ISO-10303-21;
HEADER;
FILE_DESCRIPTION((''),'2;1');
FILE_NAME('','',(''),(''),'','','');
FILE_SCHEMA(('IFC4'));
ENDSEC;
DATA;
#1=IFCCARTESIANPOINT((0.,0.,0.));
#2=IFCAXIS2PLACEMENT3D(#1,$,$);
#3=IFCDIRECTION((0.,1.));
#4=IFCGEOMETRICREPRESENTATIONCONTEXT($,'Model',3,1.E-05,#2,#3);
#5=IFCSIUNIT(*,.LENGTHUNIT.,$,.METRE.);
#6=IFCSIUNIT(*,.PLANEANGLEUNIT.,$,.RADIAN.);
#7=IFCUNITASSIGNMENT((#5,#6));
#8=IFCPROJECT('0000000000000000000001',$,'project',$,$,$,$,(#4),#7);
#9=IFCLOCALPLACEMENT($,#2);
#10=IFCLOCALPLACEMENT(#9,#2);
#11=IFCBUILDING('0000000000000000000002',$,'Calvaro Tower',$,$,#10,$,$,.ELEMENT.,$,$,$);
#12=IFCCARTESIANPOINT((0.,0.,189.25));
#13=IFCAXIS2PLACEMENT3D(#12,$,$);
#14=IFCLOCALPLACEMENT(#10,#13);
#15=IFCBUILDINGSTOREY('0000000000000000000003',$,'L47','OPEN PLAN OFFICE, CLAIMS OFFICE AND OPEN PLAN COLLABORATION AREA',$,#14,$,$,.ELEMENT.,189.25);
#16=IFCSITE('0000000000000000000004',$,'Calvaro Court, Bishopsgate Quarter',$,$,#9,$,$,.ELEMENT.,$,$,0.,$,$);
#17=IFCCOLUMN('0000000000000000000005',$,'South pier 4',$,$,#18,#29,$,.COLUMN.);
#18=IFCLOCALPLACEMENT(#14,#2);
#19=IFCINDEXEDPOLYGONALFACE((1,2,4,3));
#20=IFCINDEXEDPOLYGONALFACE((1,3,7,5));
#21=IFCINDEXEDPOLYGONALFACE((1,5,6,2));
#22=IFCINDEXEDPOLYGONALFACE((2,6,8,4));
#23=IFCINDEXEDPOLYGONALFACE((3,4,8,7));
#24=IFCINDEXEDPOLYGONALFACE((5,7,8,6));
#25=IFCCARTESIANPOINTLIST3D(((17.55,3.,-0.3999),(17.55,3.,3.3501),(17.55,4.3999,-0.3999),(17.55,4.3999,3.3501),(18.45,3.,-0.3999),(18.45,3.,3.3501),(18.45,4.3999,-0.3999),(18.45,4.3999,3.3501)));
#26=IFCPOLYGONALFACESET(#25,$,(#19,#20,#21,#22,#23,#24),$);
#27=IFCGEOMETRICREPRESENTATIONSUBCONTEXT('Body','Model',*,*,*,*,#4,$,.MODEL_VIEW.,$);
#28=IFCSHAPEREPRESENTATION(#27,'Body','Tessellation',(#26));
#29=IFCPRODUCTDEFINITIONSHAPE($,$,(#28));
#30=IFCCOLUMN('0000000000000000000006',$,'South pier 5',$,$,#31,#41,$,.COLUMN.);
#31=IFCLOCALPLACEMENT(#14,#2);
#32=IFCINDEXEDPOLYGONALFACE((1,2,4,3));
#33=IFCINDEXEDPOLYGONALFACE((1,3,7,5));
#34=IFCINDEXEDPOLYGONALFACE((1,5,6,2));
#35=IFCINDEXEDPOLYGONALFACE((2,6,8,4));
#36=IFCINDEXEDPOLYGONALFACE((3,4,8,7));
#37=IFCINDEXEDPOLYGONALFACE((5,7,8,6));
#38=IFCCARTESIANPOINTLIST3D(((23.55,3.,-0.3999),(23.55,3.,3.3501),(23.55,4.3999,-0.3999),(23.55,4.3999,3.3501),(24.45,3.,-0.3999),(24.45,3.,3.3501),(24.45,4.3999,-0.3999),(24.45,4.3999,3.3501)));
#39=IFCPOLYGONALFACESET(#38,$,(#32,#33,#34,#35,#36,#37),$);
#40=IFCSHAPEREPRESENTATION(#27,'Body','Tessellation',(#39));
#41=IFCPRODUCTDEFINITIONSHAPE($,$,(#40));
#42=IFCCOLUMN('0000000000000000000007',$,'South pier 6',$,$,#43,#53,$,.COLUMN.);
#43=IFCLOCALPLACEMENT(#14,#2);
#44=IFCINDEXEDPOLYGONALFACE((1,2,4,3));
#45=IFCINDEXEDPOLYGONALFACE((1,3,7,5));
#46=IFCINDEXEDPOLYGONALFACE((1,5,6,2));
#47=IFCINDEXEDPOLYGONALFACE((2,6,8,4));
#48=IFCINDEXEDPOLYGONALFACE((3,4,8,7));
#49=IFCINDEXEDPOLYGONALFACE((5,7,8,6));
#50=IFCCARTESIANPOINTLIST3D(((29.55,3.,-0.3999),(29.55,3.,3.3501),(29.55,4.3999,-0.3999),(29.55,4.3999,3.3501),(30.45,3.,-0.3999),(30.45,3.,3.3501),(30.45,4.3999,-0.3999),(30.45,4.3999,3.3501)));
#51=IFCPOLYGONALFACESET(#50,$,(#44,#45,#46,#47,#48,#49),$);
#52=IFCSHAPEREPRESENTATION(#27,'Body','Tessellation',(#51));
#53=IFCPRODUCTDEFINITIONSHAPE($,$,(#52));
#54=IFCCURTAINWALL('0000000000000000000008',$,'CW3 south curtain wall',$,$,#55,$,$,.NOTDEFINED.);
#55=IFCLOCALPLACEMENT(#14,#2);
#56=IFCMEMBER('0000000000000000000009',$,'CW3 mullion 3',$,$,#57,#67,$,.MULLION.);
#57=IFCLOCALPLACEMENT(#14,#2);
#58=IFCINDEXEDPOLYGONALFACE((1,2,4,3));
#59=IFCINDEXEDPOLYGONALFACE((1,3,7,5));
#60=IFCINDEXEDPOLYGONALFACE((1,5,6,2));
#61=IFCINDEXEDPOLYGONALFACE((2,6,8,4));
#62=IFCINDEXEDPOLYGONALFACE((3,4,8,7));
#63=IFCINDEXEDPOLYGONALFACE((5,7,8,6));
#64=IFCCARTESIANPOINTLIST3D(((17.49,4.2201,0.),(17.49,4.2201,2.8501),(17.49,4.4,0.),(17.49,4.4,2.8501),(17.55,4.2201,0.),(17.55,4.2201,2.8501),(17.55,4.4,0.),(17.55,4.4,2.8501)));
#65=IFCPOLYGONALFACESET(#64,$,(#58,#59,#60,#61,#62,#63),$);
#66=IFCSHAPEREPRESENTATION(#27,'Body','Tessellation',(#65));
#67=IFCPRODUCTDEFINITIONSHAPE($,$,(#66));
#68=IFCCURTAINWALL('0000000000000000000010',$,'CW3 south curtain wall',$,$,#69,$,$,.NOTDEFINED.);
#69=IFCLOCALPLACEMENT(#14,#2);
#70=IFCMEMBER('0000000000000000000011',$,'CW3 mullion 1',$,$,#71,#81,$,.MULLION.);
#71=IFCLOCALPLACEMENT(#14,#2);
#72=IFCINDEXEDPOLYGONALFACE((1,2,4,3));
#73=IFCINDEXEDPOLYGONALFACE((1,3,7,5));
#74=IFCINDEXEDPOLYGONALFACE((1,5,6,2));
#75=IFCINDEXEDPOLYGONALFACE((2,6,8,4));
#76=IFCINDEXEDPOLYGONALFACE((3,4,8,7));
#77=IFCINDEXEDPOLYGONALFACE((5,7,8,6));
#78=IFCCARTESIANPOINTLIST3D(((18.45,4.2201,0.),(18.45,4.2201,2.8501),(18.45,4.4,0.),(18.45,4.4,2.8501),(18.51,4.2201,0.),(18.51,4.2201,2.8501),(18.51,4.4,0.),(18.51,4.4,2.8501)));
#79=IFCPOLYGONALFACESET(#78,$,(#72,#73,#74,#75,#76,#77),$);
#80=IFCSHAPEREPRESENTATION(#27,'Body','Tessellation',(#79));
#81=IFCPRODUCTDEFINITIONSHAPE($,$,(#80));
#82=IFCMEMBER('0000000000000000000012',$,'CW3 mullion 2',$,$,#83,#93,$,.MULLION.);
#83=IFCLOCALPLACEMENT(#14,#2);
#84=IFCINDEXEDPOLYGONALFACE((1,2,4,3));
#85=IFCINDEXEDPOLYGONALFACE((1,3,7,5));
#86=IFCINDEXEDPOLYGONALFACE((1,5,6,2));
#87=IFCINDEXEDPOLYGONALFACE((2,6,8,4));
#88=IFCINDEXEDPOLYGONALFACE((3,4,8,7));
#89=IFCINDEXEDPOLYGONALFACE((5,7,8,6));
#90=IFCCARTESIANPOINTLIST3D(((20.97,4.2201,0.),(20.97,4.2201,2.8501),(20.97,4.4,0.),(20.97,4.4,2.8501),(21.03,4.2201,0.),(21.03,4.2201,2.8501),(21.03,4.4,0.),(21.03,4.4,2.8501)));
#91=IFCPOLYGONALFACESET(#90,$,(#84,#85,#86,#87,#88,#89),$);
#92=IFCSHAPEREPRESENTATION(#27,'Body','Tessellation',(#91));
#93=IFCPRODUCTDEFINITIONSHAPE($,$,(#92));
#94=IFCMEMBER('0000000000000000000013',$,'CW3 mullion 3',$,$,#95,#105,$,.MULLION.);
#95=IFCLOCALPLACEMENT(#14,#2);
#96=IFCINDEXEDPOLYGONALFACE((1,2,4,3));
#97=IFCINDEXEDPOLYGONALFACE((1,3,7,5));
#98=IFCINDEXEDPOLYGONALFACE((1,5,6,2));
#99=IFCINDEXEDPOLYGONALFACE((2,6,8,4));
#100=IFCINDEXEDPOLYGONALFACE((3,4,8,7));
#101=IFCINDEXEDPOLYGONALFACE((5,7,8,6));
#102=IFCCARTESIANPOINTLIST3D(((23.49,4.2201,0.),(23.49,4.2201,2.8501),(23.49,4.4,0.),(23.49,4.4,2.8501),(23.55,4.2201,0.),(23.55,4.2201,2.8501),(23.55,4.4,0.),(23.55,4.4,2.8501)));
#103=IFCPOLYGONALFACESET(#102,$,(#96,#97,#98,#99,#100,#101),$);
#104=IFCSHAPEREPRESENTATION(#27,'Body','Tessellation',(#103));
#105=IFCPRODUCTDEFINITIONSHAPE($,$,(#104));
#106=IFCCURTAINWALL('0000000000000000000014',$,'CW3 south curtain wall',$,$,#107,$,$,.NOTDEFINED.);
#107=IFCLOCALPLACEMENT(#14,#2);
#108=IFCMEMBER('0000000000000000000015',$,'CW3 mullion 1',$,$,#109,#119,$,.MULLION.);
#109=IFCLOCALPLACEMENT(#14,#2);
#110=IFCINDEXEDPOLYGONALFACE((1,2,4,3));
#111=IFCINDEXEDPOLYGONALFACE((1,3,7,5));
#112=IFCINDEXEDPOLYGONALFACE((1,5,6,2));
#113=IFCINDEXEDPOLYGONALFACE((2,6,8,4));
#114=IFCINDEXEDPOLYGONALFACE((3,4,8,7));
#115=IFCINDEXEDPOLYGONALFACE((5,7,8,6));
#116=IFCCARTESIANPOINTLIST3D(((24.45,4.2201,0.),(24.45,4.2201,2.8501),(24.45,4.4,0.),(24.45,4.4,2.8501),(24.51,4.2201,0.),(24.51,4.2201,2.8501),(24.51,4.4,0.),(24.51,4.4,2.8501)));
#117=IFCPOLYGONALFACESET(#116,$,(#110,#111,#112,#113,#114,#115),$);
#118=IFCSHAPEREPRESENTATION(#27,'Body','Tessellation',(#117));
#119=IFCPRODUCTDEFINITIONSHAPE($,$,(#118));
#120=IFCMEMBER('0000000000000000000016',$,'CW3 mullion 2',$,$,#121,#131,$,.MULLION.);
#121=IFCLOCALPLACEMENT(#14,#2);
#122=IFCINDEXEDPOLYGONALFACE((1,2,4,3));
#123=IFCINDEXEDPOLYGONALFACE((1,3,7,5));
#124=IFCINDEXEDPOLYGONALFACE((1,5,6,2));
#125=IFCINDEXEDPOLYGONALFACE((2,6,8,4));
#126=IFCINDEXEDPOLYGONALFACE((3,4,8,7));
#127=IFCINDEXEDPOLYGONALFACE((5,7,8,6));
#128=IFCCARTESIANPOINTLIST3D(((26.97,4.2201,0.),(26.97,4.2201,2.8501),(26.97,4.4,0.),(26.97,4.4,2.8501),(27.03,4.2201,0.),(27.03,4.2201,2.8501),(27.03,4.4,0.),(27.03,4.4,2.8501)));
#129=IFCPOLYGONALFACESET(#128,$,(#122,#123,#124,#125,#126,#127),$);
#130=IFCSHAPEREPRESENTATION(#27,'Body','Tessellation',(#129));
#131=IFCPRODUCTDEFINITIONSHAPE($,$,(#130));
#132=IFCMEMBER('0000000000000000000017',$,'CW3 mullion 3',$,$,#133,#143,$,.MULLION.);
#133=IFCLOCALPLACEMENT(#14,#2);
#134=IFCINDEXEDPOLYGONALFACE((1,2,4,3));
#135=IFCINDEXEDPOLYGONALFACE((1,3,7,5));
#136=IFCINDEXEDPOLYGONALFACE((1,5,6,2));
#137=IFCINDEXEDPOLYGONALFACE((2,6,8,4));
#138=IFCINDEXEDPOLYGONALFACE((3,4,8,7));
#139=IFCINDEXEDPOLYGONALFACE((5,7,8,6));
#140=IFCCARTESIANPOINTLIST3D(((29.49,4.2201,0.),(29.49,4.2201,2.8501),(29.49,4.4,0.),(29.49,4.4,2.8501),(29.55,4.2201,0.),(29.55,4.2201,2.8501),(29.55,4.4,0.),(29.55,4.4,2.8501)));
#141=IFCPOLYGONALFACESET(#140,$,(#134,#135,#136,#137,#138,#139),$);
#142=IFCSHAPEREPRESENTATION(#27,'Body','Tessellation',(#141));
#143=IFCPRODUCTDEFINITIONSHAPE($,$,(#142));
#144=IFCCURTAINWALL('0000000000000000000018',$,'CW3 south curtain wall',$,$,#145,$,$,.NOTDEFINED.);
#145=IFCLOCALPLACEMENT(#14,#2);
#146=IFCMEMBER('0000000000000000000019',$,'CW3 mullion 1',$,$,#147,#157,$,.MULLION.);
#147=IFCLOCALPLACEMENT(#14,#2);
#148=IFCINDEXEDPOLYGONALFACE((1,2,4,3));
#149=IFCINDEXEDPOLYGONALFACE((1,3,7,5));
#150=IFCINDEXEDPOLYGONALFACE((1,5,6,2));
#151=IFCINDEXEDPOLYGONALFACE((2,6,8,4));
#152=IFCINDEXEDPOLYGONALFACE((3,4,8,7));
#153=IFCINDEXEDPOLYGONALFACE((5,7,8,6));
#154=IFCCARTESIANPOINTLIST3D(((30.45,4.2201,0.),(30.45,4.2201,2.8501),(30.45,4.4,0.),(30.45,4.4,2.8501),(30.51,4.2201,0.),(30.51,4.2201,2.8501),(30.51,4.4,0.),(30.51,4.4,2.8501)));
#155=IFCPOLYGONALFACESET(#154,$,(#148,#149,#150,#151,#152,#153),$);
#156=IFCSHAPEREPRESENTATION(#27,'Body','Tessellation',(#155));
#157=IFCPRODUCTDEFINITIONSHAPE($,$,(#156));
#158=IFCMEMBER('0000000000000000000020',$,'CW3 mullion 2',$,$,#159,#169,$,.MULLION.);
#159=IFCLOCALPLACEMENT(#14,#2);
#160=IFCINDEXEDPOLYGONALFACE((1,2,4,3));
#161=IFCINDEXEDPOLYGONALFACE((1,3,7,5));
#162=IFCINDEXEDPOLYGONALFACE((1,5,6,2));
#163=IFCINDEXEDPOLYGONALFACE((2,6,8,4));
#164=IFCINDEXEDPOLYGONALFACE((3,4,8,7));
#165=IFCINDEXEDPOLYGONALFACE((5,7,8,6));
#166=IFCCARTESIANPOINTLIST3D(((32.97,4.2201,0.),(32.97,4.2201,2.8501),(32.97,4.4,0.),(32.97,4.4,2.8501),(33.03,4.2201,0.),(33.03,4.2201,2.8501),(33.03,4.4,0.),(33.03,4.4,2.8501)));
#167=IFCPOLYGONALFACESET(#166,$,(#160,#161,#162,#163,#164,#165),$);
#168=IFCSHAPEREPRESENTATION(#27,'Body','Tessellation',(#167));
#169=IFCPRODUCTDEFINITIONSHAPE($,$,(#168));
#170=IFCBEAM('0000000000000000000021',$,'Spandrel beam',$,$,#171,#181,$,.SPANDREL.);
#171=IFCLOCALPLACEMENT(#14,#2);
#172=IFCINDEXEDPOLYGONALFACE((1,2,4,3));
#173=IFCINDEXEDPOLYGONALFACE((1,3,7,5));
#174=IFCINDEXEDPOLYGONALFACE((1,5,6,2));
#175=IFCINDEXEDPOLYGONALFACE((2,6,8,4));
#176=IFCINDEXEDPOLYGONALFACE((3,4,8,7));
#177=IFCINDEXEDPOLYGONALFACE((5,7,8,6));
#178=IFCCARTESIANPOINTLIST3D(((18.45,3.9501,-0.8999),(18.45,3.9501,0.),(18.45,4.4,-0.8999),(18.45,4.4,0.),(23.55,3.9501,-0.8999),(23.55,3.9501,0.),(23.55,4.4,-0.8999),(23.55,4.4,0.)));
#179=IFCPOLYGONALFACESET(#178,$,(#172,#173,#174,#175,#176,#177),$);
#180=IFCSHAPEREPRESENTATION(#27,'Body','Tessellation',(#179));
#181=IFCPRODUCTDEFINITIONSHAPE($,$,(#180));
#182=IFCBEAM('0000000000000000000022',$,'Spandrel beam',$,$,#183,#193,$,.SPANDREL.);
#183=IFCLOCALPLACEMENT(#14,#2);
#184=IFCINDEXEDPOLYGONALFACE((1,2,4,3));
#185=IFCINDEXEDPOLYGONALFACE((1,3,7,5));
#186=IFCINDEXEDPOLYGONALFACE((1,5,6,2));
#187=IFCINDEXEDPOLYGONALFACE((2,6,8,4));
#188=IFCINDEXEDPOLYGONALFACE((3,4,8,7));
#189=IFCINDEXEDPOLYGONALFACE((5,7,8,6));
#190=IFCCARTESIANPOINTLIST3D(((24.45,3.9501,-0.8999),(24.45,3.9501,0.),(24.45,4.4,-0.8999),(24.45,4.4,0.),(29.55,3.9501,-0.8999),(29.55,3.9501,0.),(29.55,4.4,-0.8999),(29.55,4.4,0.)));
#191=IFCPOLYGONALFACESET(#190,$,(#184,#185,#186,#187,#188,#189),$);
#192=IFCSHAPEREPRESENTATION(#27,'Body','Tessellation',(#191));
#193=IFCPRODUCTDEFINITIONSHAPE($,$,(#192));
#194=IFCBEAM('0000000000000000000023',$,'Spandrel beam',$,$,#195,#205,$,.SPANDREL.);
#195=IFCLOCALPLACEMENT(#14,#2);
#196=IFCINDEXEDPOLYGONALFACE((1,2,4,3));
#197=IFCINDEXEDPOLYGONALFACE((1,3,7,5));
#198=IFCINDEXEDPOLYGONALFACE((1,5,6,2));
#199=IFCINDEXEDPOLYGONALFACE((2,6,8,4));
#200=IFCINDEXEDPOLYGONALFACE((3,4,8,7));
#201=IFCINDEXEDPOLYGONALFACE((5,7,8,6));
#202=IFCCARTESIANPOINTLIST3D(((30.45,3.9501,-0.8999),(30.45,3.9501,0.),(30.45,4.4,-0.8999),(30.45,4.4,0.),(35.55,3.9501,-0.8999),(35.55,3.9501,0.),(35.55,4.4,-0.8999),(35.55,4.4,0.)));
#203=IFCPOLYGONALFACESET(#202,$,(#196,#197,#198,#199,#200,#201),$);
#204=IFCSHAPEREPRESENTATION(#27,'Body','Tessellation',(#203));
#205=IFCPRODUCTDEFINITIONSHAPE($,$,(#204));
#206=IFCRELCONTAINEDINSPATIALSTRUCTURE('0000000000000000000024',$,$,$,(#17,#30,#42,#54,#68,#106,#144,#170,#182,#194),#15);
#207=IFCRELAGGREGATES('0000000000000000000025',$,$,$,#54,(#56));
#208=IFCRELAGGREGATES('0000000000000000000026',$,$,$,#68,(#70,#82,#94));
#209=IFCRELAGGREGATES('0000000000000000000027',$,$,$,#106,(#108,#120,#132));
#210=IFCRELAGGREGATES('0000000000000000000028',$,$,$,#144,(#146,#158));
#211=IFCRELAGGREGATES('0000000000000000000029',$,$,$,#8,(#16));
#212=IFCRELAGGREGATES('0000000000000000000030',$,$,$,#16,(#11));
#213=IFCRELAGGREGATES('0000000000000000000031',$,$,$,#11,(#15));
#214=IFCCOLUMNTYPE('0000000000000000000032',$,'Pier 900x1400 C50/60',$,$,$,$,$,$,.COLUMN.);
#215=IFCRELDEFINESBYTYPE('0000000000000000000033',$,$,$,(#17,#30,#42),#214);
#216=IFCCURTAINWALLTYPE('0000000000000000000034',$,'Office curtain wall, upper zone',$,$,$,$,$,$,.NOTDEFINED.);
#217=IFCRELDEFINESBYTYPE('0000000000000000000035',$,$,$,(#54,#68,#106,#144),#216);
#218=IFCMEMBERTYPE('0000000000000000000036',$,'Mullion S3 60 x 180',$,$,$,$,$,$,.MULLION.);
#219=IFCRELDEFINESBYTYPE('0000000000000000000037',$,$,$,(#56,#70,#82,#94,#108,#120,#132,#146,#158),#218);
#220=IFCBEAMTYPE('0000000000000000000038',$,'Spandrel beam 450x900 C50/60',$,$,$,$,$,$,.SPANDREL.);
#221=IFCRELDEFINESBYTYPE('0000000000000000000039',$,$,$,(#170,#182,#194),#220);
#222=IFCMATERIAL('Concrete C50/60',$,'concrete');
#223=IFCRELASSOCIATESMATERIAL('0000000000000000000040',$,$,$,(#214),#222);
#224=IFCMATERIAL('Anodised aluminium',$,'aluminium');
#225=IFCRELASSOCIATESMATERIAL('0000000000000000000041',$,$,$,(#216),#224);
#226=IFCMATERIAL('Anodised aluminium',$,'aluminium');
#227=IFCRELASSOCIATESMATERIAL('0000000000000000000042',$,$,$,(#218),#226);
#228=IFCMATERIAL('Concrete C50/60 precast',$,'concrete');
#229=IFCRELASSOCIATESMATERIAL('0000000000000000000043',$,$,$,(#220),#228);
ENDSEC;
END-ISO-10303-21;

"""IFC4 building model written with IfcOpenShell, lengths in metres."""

from ifc_helpers import new_model, si_unit, direction, frame, origin, origin_2d, place, context, subcontext, project, spatial, rectangle, extrude, material, material_profile, profile_set, type_object, element, aggregate, save


model = new_model("IFC4")

# Units and contexts
model_context = context("Model", 3, precision=1e-05, world=origin(), true_north=direction((0.0, 1.0)))
body_context = subcontext(model_context, "Body", "Model", "MODEL_VIEW")
ifc_project = project(units=[si_unit("LENGTHUNIT", "METRE"), si_unit("PLANEANGLEUNIT", "RADIAN")], contexts=[model_context])

# Site, building, storey
site_placement = place(None, origin())
site = spatial("IfcSite", under=ifc_project, at=site_placement, Name="Calvaro Court, Bishopsgate Quarter", CompositionType="ELEMENT", RefElevation=0.0)
building_placement = place(site_placement, origin())
building = spatial("IfcBuilding", under=site, at=building_placement, Name="Calvaro Tower", CompositionType="ELEMENT")
storey_placement = place(building_placement, frame((0.0, 0.0, 189.25)))
storey = spatial("IfcBuildingStorey", under=building, at=storey_placement, Name="L47", Description="OPEN PLAN OFFICE, CLAIMS OFFICE AND OPEN PLAN COLLABORATION AREA", CompositionType="ELEMENT", Elevation=189.25)

# Columns
ifc_material_1 = material(Name="Concrete C50/60", Category="concrete")
ifc_material_profile_1 = material_profile(ifc_material_1, rectangle(XDim=0.8999, YDim=1.3999, at=origin_2d()), Name="RC 900x1400")
ifc_profile_set_1 = profile_set([ifc_material_profile_1], Name="Concrete C50/60")
column_type = type_object("IfcColumnType", Name="Pier 900x1400 C50/60", PredefinedType="COLUMN", material=ifc_profile_set_1)
for number, where, z_axis, x_axis, name in (
    (1, (18.0, 3.7, -0.3999), (0.0, 0.0, 1.0), (1.0, 0.0, 0.0), "South pier 4"),
    (2, (24.0, 3.7, -0.3999), (0.0, 0.0, 1.0), (1.0, 0.0, 0.0), "South pier 5"),
    (3, (30.0, 3.7, -0.3999), (0.0, 0.0, 1.0), (1.0, 0.0, 0.0), "South pier 6"),
):
    element("IfcColumn", number, at=place(storey_placement, frame(where, z_axis=z_axis, x_axis=x_axis)), inside=storey, type_object=column_type, Name=name, PredefinedType="COLUMN", context=body_context, shape_type="SweptSolid", body=[
        extrude(rectangle(XDim=0.8999, YDim=1.3999, at=origin_2d()), origin(), (0.0, 0.0, 1.0), 3.75),
    ])

# Curtain wall, member
ifc_material_2 = material(Name="Anodised aluminium", Category="aluminium")
curtain_wall_type = type_object("IfcCurtainWallType", Name="Office curtain wall, upper zone", PredefinedType="NOTDEFINED", material=ifc_material_2)
curtain_wall_1_placement = place(storey_placement, origin())
curtain_wall_1 = element("IfcCurtainWall", 4, at=curtain_wall_1_placement, inside=storey, type_object=curtain_wall_type, Name="CW3 south curtain wall", PredefinedType="NOTDEFINED")
ifc_material_3 = material(Name="Anodised aluminium", Category="aluminium")
ifc_material_profile_2 = material_profile(ifc_material_3, rectangle(XDim=0.1799, YDim=0.0601, at=origin_2d()), Name="Mullion S3 60 x 180")
ifc_profile_set_2 = profile_set([ifc_material_profile_2], Name="Anodised aluminium")
member_type_1 = type_object("IfcMemberType", Name="Mullion S3 60 x 180", PredefinedType="MULLION", material=ifc_profile_set_2)
member_1_placement = place(storey_placement, frame((17.52, 4.3101, 0.0), z_axis=(0.0, 0.0, 1.0), x_axis=(0.0, 1.0, 0.0)))
member_1 = element("IfcMember", 5, at=member_1_placement, type_object=member_type_1, Name="CW3 mullion 3", PredefinedType="MULLION", context=body_context, shape_type="SweptSolid", body=[
    extrude(rectangle(XDim=0.1799, YDim=0.0601, at=origin_2d()), origin(), (0.0, 0.0, 1.0), 2.8501),
])
aggregate(curtain_wall_1, [member_1])

# Curtain walls, members
curtain_wall_2_placement = place(storey_placement, origin())
curtain_wall_2 = element("IfcCurtainWall", 6, at=curtain_wall_2_placement, inside=storey, type_object=curtain_wall_type, Name="CW3 south curtain wall", PredefinedType="NOTDEFINED")
member_2_placement = place(storey_placement, frame((18.48, 4.3101, 0.0), z_axis=(0.0, 0.0, 1.0), x_axis=(0.0, 1.0, 0.0)))
member_2 = element("IfcMember", 7, at=member_2_placement, type_object=member_type_1, Name="CW3 mullion 1", PredefinedType="MULLION", context=body_context, shape_type="SweptSolid", body=[
    extrude(rectangle(XDim=0.1799, YDim=0.0601, at=origin_2d()), origin(), (0.0, 0.0, 1.0), 2.8501),
])
member_3_placement = place(storey_placement, frame((21.0, 4.3101, 0.0), z_axis=(0.0, 0.0, 1.0), x_axis=(0.0, 1.0, 0.0)))
member_3 = element("IfcMember", 8, at=member_3_placement, type_object=member_type_1, Name="CW3 mullion 2", PredefinedType="MULLION", context=body_context, shape_type="SweptSolid", body=[
    extrude(rectangle(XDim=0.1799, YDim=0.0601, at=origin_2d()), origin(), (0.0, 0.0, 1.0), 2.8501),
])
member_4_placement = place(storey_placement, frame((23.52, 4.3101, 0.0), z_axis=(0.0, 0.0, 1.0), x_axis=(0.0, 1.0, 0.0)))
member_4 = element("IfcMember", 9, at=member_4_placement, type_object=member_type_1, Name="CW3 mullion 3", PredefinedType="MULLION", context=body_context, shape_type="SweptSolid", body=[
    extrude(rectangle(XDim=0.1799, YDim=0.0601, at=origin_2d()), origin(), (0.0, 0.0, 1.0), 2.8501),
])
curtain_wall_3_placement = place(storey_placement, origin())
curtain_wall_3 = element("IfcCurtainWall", 10, at=curtain_wall_3_placement, inside=storey, type_object=curtain_wall_type, Name="CW3 south curtain wall", PredefinedType="NOTDEFINED")
member_5_placement = place(storey_placement, frame((24.48, 4.3101, 0.0), z_axis=(0.0, 0.0, 1.0), x_axis=(0.0, 1.0, 0.0)))
member_5 = element("IfcMember", 11, at=member_5_placement, type_object=member_type_1, Name="CW3 mullion 1", PredefinedType="MULLION", context=body_context, shape_type="SweptSolid", body=[
    extrude(rectangle(XDim=0.1799, YDim=0.0601, at=origin_2d()), origin(), (0.0, 0.0, 1.0), 2.8501),
])
member_6_placement = place(storey_placement, frame((27.0, 4.3101, 0.0), z_axis=(0.0, 0.0, 1.0), x_axis=(0.0, 1.0, 0.0)))
member_6 = element("IfcMember", 12, at=member_6_placement, type_object=member_type_1, Name="CW3 mullion 2", PredefinedType="MULLION", context=body_context, shape_type="SweptSolid", body=[
    extrude(rectangle(XDim=0.1799, YDim=0.0601, at=origin_2d()), origin(), (0.0, 0.0, 1.0), 2.8501),
])
member_7_placement = place(storey_placement, frame((29.52, 4.3101, 0.0), z_axis=(0.0, 0.0, 1.0), x_axis=(0.0, 1.0, 0.0)))
member_7 = element("IfcMember", 13, at=member_7_placement, type_object=member_type_1, Name="CW3 mullion 3", PredefinedType="MULLION", context=body_context, shape_type="SweptSolid", body=[
    extrude(rectangle(XDim=0.1799, YDim=0.0601, at=origin_2d()), origin(), (0.0, 0.0, 1.0), 2.8501),
])
curtain_wall_4_placement = place(storey_placement, origin())
curtain_wall_4 = element("IfcCurtainWall", 14, at=curtain_wall_4_placement, inside=storey, type_object=curtain_wall_type, Name="CW3 south curtain wall", PredefinedType="NOTDEFINED")
member_8_placement = place(storey_placement, frame((30.48, 4.3101, 0.0), z_axis=(0.0, 0.0, 1.0), x_axis=(0.0, 1.0, 0.0)))
member_8 = element("IfcMember", 15, at=member_8_placement, type_object=member_type_1, Name="CW3 mullion 1", PredefinedType="MULLION", context=body_context, shape_type="SweptSolid", body=[
    extrude(rectangle(XDim=0.1799, YDim=0.0601, at=origin_2d()), origin(), (0.0, 0.0, 1.0), 2.8501),
])
member_9_placement = place(storey_placement, frame((33.0, 4.3101, 0.0), z_axis=(0.0, 0.0, 1.0), x_axis=(0.0, 1.0, 0.0)))
member_9 = element("IfcMember", 16, at=member_9_placement, type_object=member_type_1, Name="CW3 mullion 2", PredefinedType="MULLION", context=body_context, shape_type="SweptSolid", body=[
    extrude(rectangle(XDim=0.1799, YDim=0.0601, at=origin_2d()), origin(), (0.0, 0.0, 1.0), 2.8501),
])

# Beams
ifc_material_4 = material(Name="Concrete C50/60 precast", Category="concrete")
ifc_material_profile_3 = material_profile(ifc_material_4, rectangle(XDim=0.45, YDim=0.8999, at=origin_2d()), Name="RC 450x900")
ifc_profile_set_3 = profile_set([ifc_material_profile_3], Name="Concrete C50/60 precast")
beam_type = type_object("IfcBeamType", Name="Spandrel beam 450x900 C50/60", PredefinedType="SPANDREL", material=ifc_profile_set_3)
for number, where, z_axis, x_axis, name in (
    (17, (18.45, 4.175, -0.45), (1.0, 0.0, 0.0), (0.0, 1.0, 0.0), "Spandrel beam"),
    (18, (24.45, 4.175, -0.45), (1.0, 0.0, 0.0), (0.0, 1.0, 0.0), "Spandrel beam"),
    (19, (30.45, 4.175, -0.45), (1.0, 0.0, 0.0), (0.0, 1.0, 0.0), "Spandrel beam"),
):
    element("IfcBeam", number, at=place(storey_placement, frame(where, z_axis=z_axis, x_axis=x_axis)), inside=storey, type_object=beam_type, Name=name, PredefinedType="SPANDREL", context=body_context, shape_type="SweptSolid", body=[
        extrude(rectangle(XDim=0.45, YDim=0.8999, at=origin_2d()), origin(), (0.0, 0.0, 1.0), 5.1001),
    ])

aggregate(curtain_wall_2, [member_2, member_3, member_4])
aggregate(curtain_wall_3, [member_5, member_6, member_7])
aggregate(curtain_wall_4, [member_8, member_9])

save(model, "model.ifc")
